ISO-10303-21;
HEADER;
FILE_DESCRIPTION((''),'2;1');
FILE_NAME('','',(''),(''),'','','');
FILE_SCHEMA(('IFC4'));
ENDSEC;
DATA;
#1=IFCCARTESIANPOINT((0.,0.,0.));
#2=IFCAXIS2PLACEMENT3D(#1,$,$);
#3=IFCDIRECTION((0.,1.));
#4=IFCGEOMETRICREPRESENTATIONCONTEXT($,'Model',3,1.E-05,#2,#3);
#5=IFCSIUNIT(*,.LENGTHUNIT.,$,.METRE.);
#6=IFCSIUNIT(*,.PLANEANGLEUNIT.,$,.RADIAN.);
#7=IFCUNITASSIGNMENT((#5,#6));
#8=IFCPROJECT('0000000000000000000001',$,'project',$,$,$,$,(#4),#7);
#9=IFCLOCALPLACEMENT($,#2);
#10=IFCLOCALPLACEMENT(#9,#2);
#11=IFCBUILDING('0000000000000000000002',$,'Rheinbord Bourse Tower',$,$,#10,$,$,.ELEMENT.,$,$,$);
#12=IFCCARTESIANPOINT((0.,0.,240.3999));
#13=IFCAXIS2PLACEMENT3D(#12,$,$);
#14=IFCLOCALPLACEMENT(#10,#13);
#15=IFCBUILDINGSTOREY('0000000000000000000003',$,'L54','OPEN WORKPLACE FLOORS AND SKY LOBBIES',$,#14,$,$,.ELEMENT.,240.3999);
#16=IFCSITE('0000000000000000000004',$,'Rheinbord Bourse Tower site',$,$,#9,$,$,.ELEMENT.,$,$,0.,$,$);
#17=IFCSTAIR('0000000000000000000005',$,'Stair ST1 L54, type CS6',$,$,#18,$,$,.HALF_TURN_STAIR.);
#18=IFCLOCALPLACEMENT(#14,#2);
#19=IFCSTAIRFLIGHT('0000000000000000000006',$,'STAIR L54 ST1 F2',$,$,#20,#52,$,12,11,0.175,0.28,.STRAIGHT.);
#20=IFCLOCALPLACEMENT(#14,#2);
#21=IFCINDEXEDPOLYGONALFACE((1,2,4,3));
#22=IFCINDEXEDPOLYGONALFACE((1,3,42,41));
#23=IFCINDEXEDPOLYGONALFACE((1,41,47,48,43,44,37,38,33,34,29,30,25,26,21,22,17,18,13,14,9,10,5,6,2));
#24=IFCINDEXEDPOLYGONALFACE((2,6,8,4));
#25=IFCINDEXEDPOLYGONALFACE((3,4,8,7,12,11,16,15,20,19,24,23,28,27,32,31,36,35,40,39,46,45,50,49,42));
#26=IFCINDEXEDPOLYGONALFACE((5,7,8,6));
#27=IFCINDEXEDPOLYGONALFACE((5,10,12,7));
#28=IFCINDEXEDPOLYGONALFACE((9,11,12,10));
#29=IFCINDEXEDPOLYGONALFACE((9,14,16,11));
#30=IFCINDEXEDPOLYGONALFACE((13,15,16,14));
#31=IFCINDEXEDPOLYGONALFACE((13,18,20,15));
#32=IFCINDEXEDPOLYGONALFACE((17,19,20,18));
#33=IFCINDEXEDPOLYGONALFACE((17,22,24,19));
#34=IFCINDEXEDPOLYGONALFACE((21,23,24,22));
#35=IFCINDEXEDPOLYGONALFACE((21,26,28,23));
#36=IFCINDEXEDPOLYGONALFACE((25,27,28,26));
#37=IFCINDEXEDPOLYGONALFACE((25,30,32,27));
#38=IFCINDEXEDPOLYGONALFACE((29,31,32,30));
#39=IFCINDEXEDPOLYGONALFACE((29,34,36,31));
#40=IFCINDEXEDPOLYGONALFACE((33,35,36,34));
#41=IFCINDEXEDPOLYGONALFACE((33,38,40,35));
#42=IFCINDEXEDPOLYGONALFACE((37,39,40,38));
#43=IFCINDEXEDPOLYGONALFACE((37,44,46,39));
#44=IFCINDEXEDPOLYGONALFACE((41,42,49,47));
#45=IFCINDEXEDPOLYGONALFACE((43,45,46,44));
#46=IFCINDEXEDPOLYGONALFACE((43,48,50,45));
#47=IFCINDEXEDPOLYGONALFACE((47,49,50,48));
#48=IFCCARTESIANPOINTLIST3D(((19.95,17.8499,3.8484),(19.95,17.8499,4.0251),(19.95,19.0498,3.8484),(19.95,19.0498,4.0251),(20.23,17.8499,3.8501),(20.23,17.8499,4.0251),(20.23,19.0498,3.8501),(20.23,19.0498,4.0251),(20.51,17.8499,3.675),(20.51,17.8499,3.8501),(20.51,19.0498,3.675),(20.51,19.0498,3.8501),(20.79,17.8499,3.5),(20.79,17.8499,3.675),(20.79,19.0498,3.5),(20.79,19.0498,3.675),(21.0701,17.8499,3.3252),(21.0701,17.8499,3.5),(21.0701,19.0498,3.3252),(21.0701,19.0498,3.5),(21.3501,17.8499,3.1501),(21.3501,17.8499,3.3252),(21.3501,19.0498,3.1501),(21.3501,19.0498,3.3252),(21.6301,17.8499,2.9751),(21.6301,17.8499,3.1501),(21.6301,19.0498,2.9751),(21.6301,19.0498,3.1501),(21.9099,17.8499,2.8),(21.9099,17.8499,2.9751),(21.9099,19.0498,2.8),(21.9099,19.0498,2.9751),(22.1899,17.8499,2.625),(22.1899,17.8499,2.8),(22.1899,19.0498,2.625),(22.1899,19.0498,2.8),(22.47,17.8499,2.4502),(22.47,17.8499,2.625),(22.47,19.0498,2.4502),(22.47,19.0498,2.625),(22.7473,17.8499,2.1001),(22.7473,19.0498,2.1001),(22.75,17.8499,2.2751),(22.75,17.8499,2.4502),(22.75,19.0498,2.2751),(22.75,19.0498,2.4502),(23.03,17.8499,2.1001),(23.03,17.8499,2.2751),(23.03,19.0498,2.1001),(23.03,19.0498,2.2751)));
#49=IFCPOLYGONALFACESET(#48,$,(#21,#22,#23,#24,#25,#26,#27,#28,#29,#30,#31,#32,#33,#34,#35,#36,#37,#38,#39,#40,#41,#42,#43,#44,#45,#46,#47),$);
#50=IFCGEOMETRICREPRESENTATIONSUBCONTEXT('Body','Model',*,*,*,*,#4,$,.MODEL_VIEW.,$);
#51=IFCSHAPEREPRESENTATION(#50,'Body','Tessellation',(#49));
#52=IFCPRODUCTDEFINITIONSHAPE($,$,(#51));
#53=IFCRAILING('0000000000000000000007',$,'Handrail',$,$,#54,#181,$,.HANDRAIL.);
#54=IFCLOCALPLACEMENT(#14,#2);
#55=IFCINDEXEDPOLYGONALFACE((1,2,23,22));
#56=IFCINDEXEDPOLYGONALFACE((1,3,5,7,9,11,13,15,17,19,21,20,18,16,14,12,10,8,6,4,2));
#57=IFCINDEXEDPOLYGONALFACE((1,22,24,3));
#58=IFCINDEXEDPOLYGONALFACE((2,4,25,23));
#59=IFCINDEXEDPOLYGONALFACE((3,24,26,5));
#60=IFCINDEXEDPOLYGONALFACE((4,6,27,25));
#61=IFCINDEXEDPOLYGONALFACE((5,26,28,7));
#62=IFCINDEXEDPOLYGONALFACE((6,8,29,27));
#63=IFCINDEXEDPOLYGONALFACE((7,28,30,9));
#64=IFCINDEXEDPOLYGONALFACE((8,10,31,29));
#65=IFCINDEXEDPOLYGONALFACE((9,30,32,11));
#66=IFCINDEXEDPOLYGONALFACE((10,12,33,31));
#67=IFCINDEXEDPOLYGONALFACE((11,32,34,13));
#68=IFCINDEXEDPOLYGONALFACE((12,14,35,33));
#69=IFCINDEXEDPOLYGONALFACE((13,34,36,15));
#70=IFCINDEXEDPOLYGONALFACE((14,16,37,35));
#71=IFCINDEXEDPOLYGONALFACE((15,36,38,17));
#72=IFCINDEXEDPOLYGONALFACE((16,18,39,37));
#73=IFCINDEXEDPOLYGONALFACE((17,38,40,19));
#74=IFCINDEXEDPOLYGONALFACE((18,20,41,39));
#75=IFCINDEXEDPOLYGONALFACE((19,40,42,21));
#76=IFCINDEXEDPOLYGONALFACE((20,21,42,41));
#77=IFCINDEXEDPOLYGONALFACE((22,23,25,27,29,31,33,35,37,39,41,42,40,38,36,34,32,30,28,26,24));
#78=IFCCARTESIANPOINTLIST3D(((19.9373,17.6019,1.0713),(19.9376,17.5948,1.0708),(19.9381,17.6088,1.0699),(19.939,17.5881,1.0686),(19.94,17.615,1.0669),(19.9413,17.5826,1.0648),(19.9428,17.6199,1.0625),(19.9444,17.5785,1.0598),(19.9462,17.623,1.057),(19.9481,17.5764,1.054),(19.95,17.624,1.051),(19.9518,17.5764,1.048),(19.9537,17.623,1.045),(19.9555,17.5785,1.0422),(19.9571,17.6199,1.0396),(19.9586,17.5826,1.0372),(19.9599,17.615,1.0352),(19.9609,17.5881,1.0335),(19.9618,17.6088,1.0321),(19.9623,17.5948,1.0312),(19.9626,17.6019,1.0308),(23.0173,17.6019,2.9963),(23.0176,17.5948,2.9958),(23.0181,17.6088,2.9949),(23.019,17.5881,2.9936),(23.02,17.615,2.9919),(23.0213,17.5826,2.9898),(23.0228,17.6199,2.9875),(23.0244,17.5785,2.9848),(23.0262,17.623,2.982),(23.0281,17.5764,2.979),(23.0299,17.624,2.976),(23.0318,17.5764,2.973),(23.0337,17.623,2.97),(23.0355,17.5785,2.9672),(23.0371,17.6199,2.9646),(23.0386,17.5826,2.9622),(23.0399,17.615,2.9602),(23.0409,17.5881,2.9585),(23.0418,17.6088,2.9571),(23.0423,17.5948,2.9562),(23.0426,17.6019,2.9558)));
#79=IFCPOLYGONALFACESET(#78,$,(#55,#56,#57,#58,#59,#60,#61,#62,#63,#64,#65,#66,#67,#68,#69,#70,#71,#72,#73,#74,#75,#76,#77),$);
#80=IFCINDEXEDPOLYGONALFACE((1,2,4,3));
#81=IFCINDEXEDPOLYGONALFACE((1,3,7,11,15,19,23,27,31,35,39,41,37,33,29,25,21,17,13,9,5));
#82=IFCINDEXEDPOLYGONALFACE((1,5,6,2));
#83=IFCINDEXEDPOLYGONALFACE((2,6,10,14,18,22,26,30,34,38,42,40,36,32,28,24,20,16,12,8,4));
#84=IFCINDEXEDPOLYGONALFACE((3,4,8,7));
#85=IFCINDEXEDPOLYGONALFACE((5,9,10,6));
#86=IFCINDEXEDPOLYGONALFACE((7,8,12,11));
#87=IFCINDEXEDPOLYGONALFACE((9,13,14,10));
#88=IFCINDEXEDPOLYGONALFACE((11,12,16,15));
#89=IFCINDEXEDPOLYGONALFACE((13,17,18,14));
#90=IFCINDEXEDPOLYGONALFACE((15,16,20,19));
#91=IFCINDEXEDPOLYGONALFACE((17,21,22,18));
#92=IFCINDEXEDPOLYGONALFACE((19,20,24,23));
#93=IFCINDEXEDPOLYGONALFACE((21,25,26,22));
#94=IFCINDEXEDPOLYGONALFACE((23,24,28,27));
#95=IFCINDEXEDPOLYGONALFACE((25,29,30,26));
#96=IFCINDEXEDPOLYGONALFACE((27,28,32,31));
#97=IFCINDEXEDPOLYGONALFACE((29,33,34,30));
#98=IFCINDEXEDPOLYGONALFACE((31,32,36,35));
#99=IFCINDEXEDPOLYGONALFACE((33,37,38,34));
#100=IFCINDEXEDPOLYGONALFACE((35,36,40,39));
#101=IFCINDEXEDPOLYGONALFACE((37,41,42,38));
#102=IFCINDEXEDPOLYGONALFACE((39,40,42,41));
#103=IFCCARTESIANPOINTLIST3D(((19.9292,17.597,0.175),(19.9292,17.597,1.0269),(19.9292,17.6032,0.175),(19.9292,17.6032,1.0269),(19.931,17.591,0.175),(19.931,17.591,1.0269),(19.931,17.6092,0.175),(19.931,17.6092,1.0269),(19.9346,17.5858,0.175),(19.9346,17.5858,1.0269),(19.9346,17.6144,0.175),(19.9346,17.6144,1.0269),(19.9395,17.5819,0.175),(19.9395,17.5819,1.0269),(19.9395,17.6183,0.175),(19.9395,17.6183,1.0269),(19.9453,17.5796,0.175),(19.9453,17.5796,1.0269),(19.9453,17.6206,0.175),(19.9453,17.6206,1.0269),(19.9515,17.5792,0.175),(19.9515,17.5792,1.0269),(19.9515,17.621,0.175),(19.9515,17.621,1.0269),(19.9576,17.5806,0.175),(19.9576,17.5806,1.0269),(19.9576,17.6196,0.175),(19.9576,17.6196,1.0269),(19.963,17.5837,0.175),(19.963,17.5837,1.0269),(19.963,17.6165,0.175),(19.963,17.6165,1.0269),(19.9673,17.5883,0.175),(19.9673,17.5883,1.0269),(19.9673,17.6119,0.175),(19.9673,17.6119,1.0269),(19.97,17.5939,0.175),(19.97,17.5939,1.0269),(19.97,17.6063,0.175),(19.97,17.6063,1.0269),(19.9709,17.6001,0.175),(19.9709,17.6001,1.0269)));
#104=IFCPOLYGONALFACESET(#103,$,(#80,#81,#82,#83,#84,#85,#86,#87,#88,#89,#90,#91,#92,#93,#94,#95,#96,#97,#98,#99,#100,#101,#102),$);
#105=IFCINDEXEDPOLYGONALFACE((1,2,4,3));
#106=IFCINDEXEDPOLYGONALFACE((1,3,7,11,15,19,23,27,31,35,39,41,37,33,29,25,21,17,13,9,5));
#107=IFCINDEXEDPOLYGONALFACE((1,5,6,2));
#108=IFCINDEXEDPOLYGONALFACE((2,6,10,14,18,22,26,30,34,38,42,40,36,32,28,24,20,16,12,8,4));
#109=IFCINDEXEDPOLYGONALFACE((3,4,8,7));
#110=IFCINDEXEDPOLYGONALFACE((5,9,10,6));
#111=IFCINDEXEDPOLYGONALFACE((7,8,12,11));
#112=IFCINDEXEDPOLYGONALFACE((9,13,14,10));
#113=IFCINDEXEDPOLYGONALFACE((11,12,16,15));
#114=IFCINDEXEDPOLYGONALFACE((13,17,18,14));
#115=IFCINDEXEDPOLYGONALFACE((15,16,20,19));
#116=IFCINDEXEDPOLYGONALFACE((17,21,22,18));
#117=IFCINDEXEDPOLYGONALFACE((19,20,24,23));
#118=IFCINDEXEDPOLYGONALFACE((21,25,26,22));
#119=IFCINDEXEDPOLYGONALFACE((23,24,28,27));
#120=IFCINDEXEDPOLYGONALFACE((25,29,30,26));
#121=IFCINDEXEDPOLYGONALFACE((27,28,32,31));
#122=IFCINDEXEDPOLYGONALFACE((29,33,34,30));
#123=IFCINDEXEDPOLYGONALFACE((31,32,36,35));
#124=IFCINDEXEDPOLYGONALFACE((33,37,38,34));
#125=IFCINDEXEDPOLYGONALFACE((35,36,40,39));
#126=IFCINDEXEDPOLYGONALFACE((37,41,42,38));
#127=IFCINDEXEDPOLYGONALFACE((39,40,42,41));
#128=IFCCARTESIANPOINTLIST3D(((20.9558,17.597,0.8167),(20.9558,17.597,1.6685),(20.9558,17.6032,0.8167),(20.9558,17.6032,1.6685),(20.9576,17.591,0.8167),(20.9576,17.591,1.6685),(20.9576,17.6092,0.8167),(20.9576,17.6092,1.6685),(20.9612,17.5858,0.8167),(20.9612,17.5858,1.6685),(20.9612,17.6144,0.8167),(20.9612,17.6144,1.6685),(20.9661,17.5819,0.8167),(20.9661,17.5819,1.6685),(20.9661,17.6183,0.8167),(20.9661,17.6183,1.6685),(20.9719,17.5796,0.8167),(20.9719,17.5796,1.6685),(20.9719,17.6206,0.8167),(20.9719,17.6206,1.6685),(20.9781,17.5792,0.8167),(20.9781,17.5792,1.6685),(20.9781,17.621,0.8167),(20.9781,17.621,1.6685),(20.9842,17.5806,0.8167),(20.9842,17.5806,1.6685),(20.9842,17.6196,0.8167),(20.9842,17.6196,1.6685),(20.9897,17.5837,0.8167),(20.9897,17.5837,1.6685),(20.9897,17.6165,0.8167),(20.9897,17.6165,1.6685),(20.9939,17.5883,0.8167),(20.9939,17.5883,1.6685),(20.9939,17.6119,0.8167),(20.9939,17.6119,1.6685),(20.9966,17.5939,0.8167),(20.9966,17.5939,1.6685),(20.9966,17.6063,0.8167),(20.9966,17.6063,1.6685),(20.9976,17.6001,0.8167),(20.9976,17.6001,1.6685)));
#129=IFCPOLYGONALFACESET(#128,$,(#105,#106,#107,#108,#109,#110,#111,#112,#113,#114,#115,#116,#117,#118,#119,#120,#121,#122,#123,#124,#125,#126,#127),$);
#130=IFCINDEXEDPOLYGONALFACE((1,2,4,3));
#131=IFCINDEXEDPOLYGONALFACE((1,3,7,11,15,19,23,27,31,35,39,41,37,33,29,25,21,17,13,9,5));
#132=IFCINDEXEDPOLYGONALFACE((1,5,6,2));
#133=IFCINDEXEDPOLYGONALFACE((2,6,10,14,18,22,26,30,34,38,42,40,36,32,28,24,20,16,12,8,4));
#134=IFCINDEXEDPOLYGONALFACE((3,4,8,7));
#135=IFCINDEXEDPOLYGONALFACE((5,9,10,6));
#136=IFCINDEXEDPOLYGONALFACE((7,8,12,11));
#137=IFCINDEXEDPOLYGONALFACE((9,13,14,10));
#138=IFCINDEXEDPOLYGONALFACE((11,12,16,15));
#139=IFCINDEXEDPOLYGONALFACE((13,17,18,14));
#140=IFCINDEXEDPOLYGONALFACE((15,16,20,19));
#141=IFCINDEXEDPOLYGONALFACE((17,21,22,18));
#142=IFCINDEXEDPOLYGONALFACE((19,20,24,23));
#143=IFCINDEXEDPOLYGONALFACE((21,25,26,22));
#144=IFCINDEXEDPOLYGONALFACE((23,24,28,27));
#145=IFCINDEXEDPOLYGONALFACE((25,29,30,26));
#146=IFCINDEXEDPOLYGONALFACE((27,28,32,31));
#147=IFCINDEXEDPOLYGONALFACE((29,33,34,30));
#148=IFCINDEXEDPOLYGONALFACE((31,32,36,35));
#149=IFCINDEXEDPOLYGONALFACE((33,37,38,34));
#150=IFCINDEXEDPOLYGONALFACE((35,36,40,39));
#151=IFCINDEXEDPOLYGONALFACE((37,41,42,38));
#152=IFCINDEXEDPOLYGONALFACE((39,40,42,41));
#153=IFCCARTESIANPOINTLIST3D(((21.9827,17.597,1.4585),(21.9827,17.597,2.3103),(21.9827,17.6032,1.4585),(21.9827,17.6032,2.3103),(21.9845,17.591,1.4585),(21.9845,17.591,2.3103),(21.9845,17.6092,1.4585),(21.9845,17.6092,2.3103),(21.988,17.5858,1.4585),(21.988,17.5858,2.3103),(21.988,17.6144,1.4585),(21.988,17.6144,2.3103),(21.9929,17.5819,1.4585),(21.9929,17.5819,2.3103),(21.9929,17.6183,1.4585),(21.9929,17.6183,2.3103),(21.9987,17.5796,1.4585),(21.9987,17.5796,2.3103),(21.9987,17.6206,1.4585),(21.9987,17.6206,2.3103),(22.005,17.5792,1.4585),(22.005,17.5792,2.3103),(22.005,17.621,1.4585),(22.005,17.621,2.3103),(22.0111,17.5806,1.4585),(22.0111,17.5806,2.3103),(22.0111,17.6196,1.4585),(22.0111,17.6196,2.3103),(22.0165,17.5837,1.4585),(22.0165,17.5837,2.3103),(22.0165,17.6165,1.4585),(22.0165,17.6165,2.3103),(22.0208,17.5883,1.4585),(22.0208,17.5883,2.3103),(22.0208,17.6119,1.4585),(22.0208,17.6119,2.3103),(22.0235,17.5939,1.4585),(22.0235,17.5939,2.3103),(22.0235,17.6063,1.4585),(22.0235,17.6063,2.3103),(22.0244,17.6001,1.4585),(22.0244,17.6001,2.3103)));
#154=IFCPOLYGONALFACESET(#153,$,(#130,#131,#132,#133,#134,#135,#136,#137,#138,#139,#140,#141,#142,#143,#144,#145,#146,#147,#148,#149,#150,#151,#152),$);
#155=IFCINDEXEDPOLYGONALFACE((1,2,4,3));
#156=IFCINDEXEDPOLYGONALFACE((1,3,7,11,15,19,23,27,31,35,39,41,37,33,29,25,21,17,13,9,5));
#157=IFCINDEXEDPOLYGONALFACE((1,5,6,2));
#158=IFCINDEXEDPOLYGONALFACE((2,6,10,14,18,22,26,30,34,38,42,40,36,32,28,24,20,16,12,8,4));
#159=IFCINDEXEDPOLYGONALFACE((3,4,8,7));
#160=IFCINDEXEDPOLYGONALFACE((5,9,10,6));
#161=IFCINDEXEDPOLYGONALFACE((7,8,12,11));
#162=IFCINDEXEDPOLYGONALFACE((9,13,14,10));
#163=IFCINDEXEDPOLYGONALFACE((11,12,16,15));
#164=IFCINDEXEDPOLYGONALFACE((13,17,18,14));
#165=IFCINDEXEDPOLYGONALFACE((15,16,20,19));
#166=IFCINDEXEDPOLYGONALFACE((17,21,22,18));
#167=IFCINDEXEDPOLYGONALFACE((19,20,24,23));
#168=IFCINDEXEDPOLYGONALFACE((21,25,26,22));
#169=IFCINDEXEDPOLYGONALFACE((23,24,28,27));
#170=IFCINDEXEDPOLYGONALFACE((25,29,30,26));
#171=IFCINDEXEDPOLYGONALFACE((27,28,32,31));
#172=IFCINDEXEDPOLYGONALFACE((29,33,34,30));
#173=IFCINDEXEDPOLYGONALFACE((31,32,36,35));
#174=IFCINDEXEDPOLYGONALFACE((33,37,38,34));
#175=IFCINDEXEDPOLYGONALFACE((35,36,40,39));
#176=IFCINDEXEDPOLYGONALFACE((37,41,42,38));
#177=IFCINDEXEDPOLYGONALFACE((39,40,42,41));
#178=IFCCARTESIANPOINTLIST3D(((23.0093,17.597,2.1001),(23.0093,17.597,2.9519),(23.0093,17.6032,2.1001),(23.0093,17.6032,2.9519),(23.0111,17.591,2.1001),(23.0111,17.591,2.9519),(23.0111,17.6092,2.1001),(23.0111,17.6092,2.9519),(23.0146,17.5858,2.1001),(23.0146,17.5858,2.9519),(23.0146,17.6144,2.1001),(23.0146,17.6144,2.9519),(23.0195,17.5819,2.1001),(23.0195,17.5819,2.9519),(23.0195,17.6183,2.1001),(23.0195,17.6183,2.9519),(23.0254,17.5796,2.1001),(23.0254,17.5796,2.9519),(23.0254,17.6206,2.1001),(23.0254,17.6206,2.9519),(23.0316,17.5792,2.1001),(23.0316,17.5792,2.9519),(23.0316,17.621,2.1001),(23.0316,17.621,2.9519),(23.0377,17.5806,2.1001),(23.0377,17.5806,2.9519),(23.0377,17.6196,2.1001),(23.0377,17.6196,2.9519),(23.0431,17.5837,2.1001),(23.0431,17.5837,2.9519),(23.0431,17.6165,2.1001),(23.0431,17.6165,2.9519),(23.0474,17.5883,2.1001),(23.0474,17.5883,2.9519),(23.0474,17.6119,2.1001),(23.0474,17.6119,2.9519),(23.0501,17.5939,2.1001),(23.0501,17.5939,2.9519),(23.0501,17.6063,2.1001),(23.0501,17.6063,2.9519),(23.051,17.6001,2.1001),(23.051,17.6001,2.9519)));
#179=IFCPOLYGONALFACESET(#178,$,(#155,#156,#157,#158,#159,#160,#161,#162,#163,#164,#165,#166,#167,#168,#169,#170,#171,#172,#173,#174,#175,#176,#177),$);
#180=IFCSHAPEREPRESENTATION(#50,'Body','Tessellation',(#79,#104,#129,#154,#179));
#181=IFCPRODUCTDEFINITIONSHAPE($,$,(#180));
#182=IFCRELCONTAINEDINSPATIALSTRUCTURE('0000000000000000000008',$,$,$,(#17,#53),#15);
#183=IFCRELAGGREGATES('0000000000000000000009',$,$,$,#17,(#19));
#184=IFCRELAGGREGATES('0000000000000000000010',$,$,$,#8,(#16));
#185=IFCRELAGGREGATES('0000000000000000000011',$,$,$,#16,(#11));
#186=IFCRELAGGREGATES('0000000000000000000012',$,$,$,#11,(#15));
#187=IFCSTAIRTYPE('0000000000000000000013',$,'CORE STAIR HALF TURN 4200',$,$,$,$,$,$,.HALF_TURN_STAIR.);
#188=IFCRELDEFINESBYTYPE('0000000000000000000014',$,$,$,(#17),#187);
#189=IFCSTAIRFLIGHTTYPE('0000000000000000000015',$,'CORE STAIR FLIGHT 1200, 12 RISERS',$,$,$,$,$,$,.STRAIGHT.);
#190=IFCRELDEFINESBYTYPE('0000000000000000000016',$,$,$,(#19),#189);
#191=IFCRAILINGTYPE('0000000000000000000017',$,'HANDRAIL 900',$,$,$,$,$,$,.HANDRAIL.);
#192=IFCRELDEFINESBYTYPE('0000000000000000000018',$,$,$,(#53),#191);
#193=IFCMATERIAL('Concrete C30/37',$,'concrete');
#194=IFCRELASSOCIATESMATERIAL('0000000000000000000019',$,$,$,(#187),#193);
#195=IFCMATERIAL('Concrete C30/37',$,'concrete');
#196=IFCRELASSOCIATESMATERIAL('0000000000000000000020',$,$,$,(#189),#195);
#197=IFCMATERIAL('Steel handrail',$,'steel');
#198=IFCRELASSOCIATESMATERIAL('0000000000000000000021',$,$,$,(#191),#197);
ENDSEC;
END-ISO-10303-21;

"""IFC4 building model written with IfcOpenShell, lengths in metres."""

from ifc_helpers import new_model, si_unit, direction, frame, origin, origin_2d, place, context, subcontext, project, spatial, polyline, circle, outline, extrude, material, type_object, element, aggregate, save


model = new_model("IFC4")

# Units and contexts
model_context = context("Model", 3, precision=1e-05, world=origin(), true_north=direction((0.0, 1.0)))
body_context = subcontext(model_context, "Body", "Model", "MODEL_VIEW")
ifc_project = project(units=[si_unit("LENGTHUNIT", "METRE"), si_unit("PLANEANGLEUNIT", "RADIAN")], contexts=[model_context])

# Site, building, storey
site_placement = place(None, origin())
site = spatial("IfcSite", under=ifc_project, at=site_placement, Name="Rheinbord Bourse Tower site", CompositionType="ELEMENT", RefElevation=0.0)
building_placement = place(site_placement, origin())
building = spatial("IfcBuilding", under=site, at=building_placement, Name="Rheinbord Bourse Tower", CompositionType="ELEMENT")
storey_placement = place(building_placement, frame((0.0, 0.0, 240.3999)))
storey = spatial("IfcBuildingStorey", under=building, at=storey_placement, Name="L54", Description="OPEN WORKPLACE FLOORS AND SKY LOBBIES", CompositionType="ELEMENT", Elevation=240.3999)

# Stair, stair flight
ifc_material_1 = material(Name="Concrete C30/37", Category="concrete")
stair_type = type_object("IfcStairType", Name="CORE STAIR HALF TURN 4200", PredefinedType="HALF_TURN_STAIR", material=ifc_material_1)
stair_placement = place(storey_placement, origin())
stair = element("IfcStair", 1, at=stair_placement, inside=storey, type_object=stair_type, Name="Stair ST1 L54, type CS6", PredefinedType="HALF_TURN_STAIR")
ifc_material_2 = material(Name="Concrete C30/37", Category="concrete")
stair_flight_type = type_object("IfcStairFlightType", Name="CORE STAIR FLIGHT 1200, 12 RISERS", PredefinedType="STRAIGHT", material=ifc_material_2)
stair_flight_1_placement = place(storey_placement, frame((23.03, 18.45, 2.1001), z_axis=(0.0, 0.0, 1.0), x_axis=(-1.0, 0.0, 0.0)))
stair_flight_1 = element("IfcStairFlight", 2, at=stair_flight_1_placement, type_object=stair_flight_type, Name="STAIR L54 ST1 F2", NumberOfRisers=12, NumberOfTreads=11, PredefinedType="STRAIGHT", RiserHeight=0.175, TreadLength=0.28, context=body_context, shape_type="SweptSolid", body=[
    extrude(outline(polyline([(0.0, 0.0), (0.0, 0.175), (0.28, 0.175), (0.28, 0.3501), (0.5601, 0.3501), (0.5601, 0.5249), (0.8401, 0.5249), (0.8401, 0.7), (1.1201, 0.7), (1.1201, 0.875), (1.3999, 0.875), (1.3999, 1.05), (1.6799, 1.05), (1.6799, 1.2251), (1.96, 1.2251), (1.96, 1.3999), (2.24, 1.3999), (2.24, 1.575), (2.52, 1.575), (2.52, 1.75), (2.8, 1.75), (2.8, 1.925), (3.0801, 1.925), (3.0801, 2.1001), (3.0801, 1.7483), (0.2827, 0.0), (0.0, 0.0)])), frame((0.0, 0.6001, 0.0), z_axis=(0.0, -1.0, 0.0), x_axis=(1.0, 0.0, 0.0)), (0.0, 0.0, 1.0), 1.2),
])
aggregate(stair, [stair_flight_1])

# Railing
ifc_material_3 = material(Name="Steel handrail", Category="steel")
railing_type = type_object("IfcRailingType", Name="HANDRAIL 900", PredefinedType="HANDRAIL", material=ifc_material_3)
railing_1_placement = place(storey_placement, frame((19.95, 17.6001, 0.175)))
element("IfcRailing", 3, at=railing_1_placement, inside=storey, type_object=railing_type, Name="Handrail", PredefinedType="HANDRAIL", context=body_context, shape_type="SweptSolid", body=[
    extrude(circle(Radius=0.0239, at=origin_2d()), frame((0.0, 0.0, 0.876), z_axis=(0.847998, 0.0, 0.529999), x_axis=(0.0, 1.0, 0.0)), (0.0, 0.0, 1.0), 3.6321),
    extrude(circle(Radius=0.021, at=origin_2d()), origin(), (0.0, 0.0, 1.0), 0.8518),
    extrude(circle(Radius=0.021, at=origin_2d()), frame((1.0266, 0.0, 0.6416)), (0.0, 0.0, 1.0), 0.8518),
    extrude(circle(Radius=0.021, at=origin_2d()), frame((2.0535, 0.0, 1.2834)), (0.0, 0.0, 1.0), 0.8518),
    extrude(circle(Radius=0.021, at=origin_2d()), frame((3.0801, 0.0, 1.925)), (0.0, 0.0, 1.0), 0.8518),
])

save(model, "model.ifc")
